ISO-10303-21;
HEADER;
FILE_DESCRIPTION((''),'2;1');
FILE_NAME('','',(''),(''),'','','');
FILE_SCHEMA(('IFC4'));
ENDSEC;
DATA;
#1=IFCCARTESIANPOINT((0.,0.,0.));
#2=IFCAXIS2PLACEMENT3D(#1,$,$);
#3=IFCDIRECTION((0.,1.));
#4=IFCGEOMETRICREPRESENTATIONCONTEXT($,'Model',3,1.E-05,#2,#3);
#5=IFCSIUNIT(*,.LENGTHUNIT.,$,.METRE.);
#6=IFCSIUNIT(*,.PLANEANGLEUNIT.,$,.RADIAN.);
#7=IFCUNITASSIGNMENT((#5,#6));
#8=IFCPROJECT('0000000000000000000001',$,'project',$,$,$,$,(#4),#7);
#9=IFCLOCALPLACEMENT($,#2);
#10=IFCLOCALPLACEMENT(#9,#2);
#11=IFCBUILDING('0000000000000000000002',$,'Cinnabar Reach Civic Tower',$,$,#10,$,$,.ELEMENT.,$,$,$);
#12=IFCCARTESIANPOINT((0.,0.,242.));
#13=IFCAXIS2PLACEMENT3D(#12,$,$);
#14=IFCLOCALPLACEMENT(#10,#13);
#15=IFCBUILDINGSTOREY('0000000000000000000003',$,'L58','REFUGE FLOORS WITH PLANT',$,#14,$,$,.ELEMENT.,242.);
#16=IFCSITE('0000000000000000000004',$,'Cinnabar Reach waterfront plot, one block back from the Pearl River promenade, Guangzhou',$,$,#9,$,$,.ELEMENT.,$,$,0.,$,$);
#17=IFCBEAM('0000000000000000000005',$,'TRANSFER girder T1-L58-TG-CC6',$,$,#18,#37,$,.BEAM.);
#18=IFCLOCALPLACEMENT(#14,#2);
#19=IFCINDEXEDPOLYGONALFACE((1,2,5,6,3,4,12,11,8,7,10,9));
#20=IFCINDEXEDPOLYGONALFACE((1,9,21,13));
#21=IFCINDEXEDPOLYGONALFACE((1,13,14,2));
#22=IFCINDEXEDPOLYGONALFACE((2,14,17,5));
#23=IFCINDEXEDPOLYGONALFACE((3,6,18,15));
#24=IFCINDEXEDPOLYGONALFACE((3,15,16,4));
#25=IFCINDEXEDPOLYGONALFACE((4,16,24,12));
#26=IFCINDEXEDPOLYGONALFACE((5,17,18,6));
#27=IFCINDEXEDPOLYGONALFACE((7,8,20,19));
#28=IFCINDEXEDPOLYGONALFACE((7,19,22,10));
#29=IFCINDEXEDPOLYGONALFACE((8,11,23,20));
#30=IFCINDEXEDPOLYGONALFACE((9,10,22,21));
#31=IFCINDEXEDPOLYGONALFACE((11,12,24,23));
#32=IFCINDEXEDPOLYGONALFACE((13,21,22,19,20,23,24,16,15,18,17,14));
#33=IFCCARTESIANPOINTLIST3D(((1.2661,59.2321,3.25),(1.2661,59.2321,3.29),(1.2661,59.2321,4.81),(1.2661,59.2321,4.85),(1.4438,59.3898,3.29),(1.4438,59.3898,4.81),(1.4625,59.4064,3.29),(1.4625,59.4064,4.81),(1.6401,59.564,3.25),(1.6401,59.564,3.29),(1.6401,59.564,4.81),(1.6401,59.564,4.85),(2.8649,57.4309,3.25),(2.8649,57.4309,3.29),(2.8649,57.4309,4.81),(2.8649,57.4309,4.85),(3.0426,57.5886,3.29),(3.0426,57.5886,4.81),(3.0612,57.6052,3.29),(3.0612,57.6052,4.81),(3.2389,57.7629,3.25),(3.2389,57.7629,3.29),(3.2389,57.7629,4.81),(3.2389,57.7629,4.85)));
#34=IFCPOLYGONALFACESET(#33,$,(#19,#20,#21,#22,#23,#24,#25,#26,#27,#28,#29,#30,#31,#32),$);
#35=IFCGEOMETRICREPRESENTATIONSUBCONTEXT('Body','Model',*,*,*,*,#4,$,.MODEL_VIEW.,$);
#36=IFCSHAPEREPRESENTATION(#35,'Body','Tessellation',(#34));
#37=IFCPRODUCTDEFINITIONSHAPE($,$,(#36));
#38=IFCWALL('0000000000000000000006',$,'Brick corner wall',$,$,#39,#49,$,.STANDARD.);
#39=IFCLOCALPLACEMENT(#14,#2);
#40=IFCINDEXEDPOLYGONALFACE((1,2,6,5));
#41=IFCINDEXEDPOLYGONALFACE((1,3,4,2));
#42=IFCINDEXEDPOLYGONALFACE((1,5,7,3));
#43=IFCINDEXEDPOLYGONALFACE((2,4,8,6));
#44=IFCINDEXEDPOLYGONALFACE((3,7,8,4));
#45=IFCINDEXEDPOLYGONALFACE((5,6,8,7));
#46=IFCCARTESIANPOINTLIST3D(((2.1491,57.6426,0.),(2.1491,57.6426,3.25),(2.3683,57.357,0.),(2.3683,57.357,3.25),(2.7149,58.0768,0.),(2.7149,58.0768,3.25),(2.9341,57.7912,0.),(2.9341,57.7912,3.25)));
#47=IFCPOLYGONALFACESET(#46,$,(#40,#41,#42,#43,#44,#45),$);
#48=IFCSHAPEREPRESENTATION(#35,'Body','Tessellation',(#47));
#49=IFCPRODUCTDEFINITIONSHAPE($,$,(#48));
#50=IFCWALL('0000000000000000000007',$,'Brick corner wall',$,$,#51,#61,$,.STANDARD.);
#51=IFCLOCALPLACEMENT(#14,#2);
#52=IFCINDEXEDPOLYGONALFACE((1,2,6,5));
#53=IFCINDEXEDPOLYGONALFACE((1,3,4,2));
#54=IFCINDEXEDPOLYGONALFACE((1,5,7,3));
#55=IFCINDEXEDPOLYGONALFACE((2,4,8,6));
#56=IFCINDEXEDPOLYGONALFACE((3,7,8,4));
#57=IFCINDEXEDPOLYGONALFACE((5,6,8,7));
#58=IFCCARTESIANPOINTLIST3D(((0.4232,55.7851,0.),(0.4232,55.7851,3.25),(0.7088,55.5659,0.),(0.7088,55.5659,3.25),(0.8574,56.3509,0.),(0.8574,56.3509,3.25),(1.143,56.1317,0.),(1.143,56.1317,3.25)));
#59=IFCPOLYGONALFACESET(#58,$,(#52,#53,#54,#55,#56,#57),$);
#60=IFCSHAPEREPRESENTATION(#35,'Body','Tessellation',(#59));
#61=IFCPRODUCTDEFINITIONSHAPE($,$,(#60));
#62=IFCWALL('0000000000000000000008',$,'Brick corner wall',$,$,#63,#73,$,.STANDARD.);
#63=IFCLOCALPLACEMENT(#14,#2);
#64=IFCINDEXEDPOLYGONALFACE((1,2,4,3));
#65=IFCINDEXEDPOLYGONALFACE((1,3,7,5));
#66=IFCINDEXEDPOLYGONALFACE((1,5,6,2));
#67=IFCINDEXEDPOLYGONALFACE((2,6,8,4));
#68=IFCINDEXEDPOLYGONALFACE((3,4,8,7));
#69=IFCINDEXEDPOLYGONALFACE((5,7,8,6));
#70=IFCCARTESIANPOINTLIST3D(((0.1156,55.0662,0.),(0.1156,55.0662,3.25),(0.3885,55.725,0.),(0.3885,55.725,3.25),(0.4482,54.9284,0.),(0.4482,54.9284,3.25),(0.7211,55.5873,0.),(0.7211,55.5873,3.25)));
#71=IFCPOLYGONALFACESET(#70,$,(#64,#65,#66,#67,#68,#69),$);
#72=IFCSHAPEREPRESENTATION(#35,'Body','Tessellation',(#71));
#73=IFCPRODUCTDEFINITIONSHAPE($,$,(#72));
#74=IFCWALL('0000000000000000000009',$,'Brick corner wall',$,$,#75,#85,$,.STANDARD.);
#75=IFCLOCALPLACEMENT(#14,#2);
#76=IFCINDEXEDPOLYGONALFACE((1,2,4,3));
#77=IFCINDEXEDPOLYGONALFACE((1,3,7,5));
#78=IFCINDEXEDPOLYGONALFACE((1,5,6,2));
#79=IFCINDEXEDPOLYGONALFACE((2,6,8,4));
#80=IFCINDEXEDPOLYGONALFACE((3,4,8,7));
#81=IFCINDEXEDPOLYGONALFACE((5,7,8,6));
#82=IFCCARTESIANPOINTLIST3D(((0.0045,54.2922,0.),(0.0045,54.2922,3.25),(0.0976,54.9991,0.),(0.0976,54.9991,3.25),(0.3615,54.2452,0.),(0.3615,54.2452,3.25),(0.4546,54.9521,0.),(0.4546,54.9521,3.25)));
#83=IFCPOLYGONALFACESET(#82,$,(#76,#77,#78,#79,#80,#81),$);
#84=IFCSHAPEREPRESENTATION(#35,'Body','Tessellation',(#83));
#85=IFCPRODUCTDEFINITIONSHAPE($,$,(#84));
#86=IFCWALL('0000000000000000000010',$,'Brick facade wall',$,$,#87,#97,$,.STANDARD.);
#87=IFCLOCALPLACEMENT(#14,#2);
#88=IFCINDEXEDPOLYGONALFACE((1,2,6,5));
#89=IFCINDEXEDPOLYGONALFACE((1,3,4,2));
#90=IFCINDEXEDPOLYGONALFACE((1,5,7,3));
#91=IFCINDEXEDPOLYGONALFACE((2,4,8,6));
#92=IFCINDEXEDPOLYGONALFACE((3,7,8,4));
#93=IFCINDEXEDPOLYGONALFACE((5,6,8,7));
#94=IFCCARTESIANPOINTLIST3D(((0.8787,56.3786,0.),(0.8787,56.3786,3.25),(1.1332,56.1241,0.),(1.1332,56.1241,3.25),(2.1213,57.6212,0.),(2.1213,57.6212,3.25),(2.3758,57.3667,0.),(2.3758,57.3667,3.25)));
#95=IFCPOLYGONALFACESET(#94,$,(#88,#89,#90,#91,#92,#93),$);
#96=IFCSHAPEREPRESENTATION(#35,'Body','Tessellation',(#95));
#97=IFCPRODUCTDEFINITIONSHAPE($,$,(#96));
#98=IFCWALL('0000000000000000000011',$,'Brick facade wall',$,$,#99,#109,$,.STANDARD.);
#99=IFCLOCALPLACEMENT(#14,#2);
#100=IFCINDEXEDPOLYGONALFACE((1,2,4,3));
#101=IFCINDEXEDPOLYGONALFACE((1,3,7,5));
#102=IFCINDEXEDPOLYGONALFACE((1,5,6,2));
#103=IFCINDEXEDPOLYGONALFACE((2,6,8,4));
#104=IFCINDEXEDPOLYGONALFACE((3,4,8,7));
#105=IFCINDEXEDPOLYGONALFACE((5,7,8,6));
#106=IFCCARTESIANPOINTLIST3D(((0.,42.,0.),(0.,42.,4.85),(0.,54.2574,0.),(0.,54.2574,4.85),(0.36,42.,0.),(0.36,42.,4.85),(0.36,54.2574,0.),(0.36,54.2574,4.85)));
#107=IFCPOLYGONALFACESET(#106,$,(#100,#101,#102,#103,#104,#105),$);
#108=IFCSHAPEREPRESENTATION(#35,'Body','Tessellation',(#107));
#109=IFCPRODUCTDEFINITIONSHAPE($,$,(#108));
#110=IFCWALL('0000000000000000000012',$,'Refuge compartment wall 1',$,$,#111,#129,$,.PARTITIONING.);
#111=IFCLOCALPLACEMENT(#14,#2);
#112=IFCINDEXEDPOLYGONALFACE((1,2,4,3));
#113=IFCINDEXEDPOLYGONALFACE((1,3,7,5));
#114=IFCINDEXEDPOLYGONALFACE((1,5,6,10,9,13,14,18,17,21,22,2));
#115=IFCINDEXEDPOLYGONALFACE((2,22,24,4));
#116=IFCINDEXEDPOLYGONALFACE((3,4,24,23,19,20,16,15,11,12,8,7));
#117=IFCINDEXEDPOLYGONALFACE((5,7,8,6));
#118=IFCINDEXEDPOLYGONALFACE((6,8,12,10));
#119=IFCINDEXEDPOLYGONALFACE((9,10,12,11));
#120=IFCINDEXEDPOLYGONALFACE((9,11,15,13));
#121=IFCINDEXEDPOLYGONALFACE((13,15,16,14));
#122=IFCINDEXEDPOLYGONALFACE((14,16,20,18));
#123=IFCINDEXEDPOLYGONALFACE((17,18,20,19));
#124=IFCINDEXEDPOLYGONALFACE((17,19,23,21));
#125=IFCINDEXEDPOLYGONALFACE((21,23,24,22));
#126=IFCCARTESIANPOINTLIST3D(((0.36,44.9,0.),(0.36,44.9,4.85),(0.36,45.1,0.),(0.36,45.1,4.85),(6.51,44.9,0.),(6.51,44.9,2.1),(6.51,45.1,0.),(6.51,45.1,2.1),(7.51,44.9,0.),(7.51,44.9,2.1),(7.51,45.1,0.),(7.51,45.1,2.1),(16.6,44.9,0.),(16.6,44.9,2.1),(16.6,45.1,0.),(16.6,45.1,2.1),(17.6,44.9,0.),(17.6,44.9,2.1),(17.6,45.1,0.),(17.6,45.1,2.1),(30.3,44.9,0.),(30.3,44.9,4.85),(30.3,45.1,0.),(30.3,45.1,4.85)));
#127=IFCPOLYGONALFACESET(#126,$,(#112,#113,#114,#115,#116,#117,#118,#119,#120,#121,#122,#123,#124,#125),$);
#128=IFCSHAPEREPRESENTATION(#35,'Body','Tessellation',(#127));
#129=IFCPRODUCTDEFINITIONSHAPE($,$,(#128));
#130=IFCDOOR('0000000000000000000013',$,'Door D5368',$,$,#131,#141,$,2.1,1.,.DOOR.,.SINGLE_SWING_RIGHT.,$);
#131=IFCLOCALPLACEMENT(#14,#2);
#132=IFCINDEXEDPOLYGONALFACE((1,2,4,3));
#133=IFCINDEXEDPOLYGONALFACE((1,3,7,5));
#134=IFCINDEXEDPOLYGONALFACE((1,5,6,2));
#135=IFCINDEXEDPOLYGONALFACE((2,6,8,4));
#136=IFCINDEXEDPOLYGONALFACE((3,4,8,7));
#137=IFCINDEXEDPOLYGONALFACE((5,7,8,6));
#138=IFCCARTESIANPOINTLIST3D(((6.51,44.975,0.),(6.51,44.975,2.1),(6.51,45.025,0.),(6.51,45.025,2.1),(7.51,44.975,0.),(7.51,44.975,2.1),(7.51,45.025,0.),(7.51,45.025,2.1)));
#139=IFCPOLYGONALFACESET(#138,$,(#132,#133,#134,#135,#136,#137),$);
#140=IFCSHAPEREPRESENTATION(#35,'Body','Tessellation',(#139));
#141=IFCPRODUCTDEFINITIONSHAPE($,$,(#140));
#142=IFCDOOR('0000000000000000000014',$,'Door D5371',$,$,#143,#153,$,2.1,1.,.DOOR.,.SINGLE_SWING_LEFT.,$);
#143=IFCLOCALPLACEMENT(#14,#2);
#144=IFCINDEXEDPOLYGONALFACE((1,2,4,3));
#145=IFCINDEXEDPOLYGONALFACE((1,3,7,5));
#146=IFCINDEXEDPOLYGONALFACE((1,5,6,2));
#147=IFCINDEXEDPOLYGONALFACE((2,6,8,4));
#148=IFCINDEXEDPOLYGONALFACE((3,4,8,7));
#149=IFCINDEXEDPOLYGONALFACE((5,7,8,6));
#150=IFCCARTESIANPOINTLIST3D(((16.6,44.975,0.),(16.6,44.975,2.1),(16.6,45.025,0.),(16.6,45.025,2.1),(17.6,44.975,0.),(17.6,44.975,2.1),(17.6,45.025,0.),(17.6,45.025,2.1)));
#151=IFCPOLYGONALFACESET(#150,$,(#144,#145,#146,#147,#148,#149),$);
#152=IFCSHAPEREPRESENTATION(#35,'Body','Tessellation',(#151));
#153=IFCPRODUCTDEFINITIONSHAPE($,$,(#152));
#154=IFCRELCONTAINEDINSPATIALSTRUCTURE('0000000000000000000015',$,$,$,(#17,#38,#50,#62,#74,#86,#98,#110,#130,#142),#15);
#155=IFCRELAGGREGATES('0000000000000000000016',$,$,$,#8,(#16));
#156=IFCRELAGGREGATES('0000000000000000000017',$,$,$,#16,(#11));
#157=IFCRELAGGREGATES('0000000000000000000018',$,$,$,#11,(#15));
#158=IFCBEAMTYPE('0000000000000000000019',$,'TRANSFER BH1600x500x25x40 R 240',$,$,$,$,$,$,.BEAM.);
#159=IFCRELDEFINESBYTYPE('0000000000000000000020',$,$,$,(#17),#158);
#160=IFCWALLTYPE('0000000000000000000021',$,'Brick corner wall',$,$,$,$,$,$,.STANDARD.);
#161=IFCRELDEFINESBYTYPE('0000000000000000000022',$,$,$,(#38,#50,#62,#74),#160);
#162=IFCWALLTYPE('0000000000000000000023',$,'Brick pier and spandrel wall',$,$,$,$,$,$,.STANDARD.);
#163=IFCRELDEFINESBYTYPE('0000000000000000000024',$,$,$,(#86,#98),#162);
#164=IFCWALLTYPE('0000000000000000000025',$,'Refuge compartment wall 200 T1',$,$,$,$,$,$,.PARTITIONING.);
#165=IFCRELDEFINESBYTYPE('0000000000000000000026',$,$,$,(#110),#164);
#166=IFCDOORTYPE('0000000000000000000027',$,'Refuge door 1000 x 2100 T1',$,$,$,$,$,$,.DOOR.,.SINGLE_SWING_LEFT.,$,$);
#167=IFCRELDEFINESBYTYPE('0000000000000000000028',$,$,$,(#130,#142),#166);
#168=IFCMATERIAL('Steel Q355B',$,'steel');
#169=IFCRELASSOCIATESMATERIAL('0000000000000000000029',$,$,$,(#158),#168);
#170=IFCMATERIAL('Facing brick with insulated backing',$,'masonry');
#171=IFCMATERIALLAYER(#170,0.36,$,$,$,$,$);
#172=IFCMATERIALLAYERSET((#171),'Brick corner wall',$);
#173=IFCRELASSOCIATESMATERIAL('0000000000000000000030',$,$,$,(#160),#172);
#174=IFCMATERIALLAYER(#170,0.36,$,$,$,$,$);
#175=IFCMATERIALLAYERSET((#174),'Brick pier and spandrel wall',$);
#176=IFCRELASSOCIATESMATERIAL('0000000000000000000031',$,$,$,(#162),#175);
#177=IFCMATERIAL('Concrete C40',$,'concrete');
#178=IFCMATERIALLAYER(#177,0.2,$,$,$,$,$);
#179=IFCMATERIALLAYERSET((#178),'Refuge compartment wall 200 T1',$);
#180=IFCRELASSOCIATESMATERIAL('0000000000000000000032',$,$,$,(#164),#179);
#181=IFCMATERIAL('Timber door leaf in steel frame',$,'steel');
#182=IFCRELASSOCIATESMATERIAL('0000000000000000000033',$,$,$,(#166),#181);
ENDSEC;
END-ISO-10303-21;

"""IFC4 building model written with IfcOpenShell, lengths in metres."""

from ifc_helpers import new_model, si_unit, direction, frame, frame_2d, origin, origin_2d, place, context, subcontext, project, spatial, rectangle, i_section, extrude, material, layer, layer_set, material_profile, profile_set, type_object, element, fill, save


model = new_model("IFC4")

# Units and contexts
model_context = context("Model", 3, precision=1e-05, world=origin(), true_north=direction((0.0, 1.0)))
body_context = subcontext(model_context, "Body", "Model", "MODEL_VIEW")
ifc_project = project(units=[si_unit("LENGTHUNIT", "METRE"), si_unit("PLANEANGLEUNIT", "RADIAN")], contexts=[model_context])

# Site, building, storey
site_placement = place(None, origin())
site = spatial("IfcSite", under=ifc_project, at=site_placement, Name="Cinnabar Reach waterfront plot, one block back from the Pearl River promenade, Guangzhou", CompositionType="ELEMENT", RefElevation=0.0)
building_placement = place(site_placement, origin())
building = spatial("IfcBuilding", under=site, at=building_placement, Name="Cinnabar Reach Civic Tower", CompositionType="ELEMENT")
storey_placement = place(building_placement, frame((0.0, 0.0, 242.0)))
storey = spatial("IfcBuildingStorey", under=building, at=storey_placement, Name="L58", Description="REFUGE FLOORS WITH PLANT", CompositionType="ELEMENT", Elevation=242.0)

# Beam
ifc_material_1 = material(Name="Steel Q355B", Category="steel")
ifc_material_profile_1 = material_profile(ifc_material_1, i_section(OverallWidth=0.5, OverallDepth=1.6, WebThickness=0.025, FlangeThickness=0.04, at=origin_2d()), Name="BH1600x500x25x40")
ifc_profile_set_1 = profile_set([ifc_material_profile_1], Name="Steel Q355B")
beam_type_1 = type_object("IfcBeamType", Name="TRANSFER BH1600x500x25x40 R 240", PredefinedType="BEAM", material=ifc_profile_set_1)
beam_1_placement = place(storey_placement, frame((3.0519, 57.5969, 4.05), z_axis=(-0.663838, 0.747876, 0.0), x_axis=(-0.747876, -0.663838, 0.0)))
element("IfcBeam", 1, at=beam_1_placement, inside=storey, type_object=beam_type_1, Name="TRANSFER girder T1-L58-TG-CC6", PredefinedType="BEAM", context=body_context, shape_type="SweptSolid", body=[
    extrude(i_section(OverallWidth=0.5, OverallDepth=1.6, WebThickness=0.025, FlangeThickness=0.04, at=origin_2d()), origin(), (0.0, 0.0, 1.0), 2.4084),
])

# Walls
ifc_material_2 = material(Name="Facing brick with insulated backing", Category="masonry")
ifc_layer_1 = layer(ifc_material_2, 0.36)
ifc_layer_set_1 = layer_set([ifc_layer_1], Name="Brick corner wall")
wall_type_1 = type_object("IfcWallType", Name="Brick corner wall", PredefinedType="STANDARD", material=ifc_layer_set_1)
for number, where, z_axis, x_axis, name in (
    (2, (2.8245, 57.934, 0.0), (0.0, 0.0, 1.0), (-0.793322, -0.608802, 0.0), "Brick corner wall"),
    (3, (1.0002, 56.2413, 0.0), (0.0, 0.0, 1.0), (-0.608802, -0.793322, 0.0), "Brick corner wall"),
):
    element("IfcWall", number, at=place(storey_placement, frame(where, z_axis=z_axis, x_axis=x_axis)), inside=storey, type_object=wall_type_1, Name=name, PredefinedType="STANDARD", context=body_context, shape_type="SweptSolid", body=[
        extrude(rectangle(XDim=0.7132, YDim=0.36, at=frame_2d((0.3566, 0.0))), origin(), (0.0, 0.0, 1.0), 3.25),
    ])
for number, where, z_axis, x_axis, name in (
    (4, (0.5548, 55.6561, 0.0), (0.0, 0.0, 1.0), (-0.382703, -0.923872, 0.0), "Brick corner wall"),
    (5, (0.2761, 54.9756, 0.0), (0.0, 0.0, 1.0), (-0.130556, -0.991441, 0.0), "Brick corner wall"),
):
    element("IfcWall", number, at=place(storey_placement, frame(where, z_axis=z_axis, x_axis=x_axis)), inside=storey, type_object=wall_type_1, Name=name, PredefinedType="STANDARD", context=body_context, shape_type="SweptSolid", body=[
        extrude(rectangle(XDim=0.7131, YDim=0.36, at=frame_2d((0.3565, 0.0))), origin(), (0.0, 0.0, 1.0), 3.25),
    ])
ifc_layer_2 = layer(ifc_material_2, 0.36)
ifc_layer_set_2 = layer_set([ifc_layer_2], Name="Brick pier and spandrel wall")
wall_type_2 = type_object("IfcWallType", Name="Brick pier and spandrel wall", PredefinedType="STANDARD", material=ifc_layer_set_2)
wall_1_placement = place(storey_placement, frame((2.2486, 57.494, 0.0), z_axis=(0.0, 0.0, 1.0), x_axis=(-0.707107, -0.707107, 0.0)))
element("IfcWall", 6, at=wall_1_placement, inside=storey, type_object=wall_type_2, Name="Brick facade wall", PredefinedType="STANDARD", context=body_context, shape_type="SweptSolid", body=[
    extrude(rectangle(XDim=1.7573, YDim=0.36, at=frame_2d((0.8787, 0.0))), origin(), (0.0, 0.0, 1.0), 3.25),
])
wall_2_placement = place(storey_placement, frame((0.18, 54.2574, 0.0), z_axis=(0.0, 0.0, 1.0), x_axis=(0.0, -1.0, 0.0)))
element("IfcWall", 7, at=wall_2_placement, inside=storey, type_object=wall_type_2, Name="Brick facade wall", PredefinedType="STANDARD", context=body_context, shape_type="SweptSolid", body=[
    extrude(rectangle(XDim=12.2574, YDim=0.36, at=frame_2d((6.1287, 0.0))), origin(), (0.0, 0.0, 1.0), 4.85),
])

# Wall, openings, doors
ifc_material_3 = material(Name="Concrete C40", Category="concrete")
ifc_layer_3 = layer(ifc_material_3, 0.2)
ifc_layer_set_3 = layer_set([ifc_layer_3], Name="Refuge compartment wall 200 T1")
wall_type_3 = type_object("IfcWallType", Name="Refuge compartment wall 200 T1", PredefinedType="PARTITIONING", material=ifc_layer_set_3)
wall_3_placement = place(storey_placement, frame((0.36, 45.0, 0.0), z_axis=(0.0, 0.0, 1.0), x_axis=(1.0, 0.0, 0.0)))
wall_3 = element("IfcWall", 8, at=wall_3_placement, inside=storey, type_object=wall_type_3, Name="Refuge compartment wall 1", PredefinedType="PARTITIONING", context=body_context, shape_type="SweptSolid", body=[
    extrude(rectangle(XDim=29.94, YDim=0.2, at=frame_2d((14.97, 0.0))), origin(), (0.0, 0.0, 1.0), 4.85),
])
opening_1_placement = place(wall_3_placement, frame((6.15, 0.0, 0.0)))
opening_1 = element("IfcOpeningElement", 9, at=opening_1_placement, cuts=wall_3, PredefinedType="OPENING", context=body_context, shape_type="SweptSolid", body=[
    extrude(rectangle(XDim=1.0, YDim=2.1, at=frame_2d((0.5, 1.05))), frame((0.0, 0.11, 0.0), z_axis=(0.0, -1.0, 0.0), x_axis=(1.0, 0.0, 0.0)), (0.0, 0.0, 1.0), 0.22),
])
opening_2_placement = place(wall_3_placement, frame((16.24, 0.0, 0.0)))
opening_2 = element("IfcOpeningElement", 10, at=opening_2_placement, cuts=wall_3, PredefinedType="OPENING", context=body_context, shape_type="SweptSolid", body=[
    extrude(rectangle(XDim=1.0, YDim=2.1, at=frame_2d((0.5, 1.05))), frame((0.0, 0.11, 0.0), z_axis=(0.0, -1.0, 0.0), x_axis=(1.0, 0.0, 0.0)), (0.0, 0.0, 1.0), 0.22),
])
ifc_material_4 = material(Name="Timber door leaf in steel frame", Category="steel")
door_type = type_object("IfcDoorType", Name="Refuge door 1000 x 2100 T1", OperationType="SINGLE_SWING_LEFT", PredefinedType="DOOR", material=ifc_material_4)
door_1_placement = place(opening_1_placement, origin())
door_1 = element("IfcDoor", 11, at=door_1_placement, inside=storey, type_object=door_type, Name="Door D5368", OperationType="SINGLE_SWING_RIGHT", OverallHeight=2.1, OverallWidth=1.0, PredefinedType="DOOR", context=body_context, shape_type="SweptSolid", body=[
    extrude(rectangle(XDim=1.0, YDim=2.1, at=frame_2d((0.5, 1.05))), frame((0.0, 0.025, 0.0), z_axis=(0.0, -1.0, 0.0), x_axis=(1.0, 0.0, 0.0)), (0.0, 0.0, 1.0), 0.05),
])
fill(opening_1, door_1)
door_2_placement = place(opening_2_placement, origin())
door_2 = element("IfcDoor", 12, at=door_2_placement, inside=storey, type_object=door_type, Name="Door D5371", OperationType="SINGLE_SWING_LEFT", OverallHeight=2.1, OverallWidth=1.0, PredefinedType="DOOR", context=body_context, shape_type="SweptSolid", body=[
    extrude(rectangle(XDim=1.0, YDim=2.1, at=frame_2d((0.5, 1.05))), frame((0.0, 0.025, 0.0), z_axis=(0.0, -1.0, 0.0), x_axis=(1.0, 0.0, 0.0)), (0.0, 0.0, 1.0), 0.05),
])
fill(opening_2, door_2)

save(model, "model.ifc")
